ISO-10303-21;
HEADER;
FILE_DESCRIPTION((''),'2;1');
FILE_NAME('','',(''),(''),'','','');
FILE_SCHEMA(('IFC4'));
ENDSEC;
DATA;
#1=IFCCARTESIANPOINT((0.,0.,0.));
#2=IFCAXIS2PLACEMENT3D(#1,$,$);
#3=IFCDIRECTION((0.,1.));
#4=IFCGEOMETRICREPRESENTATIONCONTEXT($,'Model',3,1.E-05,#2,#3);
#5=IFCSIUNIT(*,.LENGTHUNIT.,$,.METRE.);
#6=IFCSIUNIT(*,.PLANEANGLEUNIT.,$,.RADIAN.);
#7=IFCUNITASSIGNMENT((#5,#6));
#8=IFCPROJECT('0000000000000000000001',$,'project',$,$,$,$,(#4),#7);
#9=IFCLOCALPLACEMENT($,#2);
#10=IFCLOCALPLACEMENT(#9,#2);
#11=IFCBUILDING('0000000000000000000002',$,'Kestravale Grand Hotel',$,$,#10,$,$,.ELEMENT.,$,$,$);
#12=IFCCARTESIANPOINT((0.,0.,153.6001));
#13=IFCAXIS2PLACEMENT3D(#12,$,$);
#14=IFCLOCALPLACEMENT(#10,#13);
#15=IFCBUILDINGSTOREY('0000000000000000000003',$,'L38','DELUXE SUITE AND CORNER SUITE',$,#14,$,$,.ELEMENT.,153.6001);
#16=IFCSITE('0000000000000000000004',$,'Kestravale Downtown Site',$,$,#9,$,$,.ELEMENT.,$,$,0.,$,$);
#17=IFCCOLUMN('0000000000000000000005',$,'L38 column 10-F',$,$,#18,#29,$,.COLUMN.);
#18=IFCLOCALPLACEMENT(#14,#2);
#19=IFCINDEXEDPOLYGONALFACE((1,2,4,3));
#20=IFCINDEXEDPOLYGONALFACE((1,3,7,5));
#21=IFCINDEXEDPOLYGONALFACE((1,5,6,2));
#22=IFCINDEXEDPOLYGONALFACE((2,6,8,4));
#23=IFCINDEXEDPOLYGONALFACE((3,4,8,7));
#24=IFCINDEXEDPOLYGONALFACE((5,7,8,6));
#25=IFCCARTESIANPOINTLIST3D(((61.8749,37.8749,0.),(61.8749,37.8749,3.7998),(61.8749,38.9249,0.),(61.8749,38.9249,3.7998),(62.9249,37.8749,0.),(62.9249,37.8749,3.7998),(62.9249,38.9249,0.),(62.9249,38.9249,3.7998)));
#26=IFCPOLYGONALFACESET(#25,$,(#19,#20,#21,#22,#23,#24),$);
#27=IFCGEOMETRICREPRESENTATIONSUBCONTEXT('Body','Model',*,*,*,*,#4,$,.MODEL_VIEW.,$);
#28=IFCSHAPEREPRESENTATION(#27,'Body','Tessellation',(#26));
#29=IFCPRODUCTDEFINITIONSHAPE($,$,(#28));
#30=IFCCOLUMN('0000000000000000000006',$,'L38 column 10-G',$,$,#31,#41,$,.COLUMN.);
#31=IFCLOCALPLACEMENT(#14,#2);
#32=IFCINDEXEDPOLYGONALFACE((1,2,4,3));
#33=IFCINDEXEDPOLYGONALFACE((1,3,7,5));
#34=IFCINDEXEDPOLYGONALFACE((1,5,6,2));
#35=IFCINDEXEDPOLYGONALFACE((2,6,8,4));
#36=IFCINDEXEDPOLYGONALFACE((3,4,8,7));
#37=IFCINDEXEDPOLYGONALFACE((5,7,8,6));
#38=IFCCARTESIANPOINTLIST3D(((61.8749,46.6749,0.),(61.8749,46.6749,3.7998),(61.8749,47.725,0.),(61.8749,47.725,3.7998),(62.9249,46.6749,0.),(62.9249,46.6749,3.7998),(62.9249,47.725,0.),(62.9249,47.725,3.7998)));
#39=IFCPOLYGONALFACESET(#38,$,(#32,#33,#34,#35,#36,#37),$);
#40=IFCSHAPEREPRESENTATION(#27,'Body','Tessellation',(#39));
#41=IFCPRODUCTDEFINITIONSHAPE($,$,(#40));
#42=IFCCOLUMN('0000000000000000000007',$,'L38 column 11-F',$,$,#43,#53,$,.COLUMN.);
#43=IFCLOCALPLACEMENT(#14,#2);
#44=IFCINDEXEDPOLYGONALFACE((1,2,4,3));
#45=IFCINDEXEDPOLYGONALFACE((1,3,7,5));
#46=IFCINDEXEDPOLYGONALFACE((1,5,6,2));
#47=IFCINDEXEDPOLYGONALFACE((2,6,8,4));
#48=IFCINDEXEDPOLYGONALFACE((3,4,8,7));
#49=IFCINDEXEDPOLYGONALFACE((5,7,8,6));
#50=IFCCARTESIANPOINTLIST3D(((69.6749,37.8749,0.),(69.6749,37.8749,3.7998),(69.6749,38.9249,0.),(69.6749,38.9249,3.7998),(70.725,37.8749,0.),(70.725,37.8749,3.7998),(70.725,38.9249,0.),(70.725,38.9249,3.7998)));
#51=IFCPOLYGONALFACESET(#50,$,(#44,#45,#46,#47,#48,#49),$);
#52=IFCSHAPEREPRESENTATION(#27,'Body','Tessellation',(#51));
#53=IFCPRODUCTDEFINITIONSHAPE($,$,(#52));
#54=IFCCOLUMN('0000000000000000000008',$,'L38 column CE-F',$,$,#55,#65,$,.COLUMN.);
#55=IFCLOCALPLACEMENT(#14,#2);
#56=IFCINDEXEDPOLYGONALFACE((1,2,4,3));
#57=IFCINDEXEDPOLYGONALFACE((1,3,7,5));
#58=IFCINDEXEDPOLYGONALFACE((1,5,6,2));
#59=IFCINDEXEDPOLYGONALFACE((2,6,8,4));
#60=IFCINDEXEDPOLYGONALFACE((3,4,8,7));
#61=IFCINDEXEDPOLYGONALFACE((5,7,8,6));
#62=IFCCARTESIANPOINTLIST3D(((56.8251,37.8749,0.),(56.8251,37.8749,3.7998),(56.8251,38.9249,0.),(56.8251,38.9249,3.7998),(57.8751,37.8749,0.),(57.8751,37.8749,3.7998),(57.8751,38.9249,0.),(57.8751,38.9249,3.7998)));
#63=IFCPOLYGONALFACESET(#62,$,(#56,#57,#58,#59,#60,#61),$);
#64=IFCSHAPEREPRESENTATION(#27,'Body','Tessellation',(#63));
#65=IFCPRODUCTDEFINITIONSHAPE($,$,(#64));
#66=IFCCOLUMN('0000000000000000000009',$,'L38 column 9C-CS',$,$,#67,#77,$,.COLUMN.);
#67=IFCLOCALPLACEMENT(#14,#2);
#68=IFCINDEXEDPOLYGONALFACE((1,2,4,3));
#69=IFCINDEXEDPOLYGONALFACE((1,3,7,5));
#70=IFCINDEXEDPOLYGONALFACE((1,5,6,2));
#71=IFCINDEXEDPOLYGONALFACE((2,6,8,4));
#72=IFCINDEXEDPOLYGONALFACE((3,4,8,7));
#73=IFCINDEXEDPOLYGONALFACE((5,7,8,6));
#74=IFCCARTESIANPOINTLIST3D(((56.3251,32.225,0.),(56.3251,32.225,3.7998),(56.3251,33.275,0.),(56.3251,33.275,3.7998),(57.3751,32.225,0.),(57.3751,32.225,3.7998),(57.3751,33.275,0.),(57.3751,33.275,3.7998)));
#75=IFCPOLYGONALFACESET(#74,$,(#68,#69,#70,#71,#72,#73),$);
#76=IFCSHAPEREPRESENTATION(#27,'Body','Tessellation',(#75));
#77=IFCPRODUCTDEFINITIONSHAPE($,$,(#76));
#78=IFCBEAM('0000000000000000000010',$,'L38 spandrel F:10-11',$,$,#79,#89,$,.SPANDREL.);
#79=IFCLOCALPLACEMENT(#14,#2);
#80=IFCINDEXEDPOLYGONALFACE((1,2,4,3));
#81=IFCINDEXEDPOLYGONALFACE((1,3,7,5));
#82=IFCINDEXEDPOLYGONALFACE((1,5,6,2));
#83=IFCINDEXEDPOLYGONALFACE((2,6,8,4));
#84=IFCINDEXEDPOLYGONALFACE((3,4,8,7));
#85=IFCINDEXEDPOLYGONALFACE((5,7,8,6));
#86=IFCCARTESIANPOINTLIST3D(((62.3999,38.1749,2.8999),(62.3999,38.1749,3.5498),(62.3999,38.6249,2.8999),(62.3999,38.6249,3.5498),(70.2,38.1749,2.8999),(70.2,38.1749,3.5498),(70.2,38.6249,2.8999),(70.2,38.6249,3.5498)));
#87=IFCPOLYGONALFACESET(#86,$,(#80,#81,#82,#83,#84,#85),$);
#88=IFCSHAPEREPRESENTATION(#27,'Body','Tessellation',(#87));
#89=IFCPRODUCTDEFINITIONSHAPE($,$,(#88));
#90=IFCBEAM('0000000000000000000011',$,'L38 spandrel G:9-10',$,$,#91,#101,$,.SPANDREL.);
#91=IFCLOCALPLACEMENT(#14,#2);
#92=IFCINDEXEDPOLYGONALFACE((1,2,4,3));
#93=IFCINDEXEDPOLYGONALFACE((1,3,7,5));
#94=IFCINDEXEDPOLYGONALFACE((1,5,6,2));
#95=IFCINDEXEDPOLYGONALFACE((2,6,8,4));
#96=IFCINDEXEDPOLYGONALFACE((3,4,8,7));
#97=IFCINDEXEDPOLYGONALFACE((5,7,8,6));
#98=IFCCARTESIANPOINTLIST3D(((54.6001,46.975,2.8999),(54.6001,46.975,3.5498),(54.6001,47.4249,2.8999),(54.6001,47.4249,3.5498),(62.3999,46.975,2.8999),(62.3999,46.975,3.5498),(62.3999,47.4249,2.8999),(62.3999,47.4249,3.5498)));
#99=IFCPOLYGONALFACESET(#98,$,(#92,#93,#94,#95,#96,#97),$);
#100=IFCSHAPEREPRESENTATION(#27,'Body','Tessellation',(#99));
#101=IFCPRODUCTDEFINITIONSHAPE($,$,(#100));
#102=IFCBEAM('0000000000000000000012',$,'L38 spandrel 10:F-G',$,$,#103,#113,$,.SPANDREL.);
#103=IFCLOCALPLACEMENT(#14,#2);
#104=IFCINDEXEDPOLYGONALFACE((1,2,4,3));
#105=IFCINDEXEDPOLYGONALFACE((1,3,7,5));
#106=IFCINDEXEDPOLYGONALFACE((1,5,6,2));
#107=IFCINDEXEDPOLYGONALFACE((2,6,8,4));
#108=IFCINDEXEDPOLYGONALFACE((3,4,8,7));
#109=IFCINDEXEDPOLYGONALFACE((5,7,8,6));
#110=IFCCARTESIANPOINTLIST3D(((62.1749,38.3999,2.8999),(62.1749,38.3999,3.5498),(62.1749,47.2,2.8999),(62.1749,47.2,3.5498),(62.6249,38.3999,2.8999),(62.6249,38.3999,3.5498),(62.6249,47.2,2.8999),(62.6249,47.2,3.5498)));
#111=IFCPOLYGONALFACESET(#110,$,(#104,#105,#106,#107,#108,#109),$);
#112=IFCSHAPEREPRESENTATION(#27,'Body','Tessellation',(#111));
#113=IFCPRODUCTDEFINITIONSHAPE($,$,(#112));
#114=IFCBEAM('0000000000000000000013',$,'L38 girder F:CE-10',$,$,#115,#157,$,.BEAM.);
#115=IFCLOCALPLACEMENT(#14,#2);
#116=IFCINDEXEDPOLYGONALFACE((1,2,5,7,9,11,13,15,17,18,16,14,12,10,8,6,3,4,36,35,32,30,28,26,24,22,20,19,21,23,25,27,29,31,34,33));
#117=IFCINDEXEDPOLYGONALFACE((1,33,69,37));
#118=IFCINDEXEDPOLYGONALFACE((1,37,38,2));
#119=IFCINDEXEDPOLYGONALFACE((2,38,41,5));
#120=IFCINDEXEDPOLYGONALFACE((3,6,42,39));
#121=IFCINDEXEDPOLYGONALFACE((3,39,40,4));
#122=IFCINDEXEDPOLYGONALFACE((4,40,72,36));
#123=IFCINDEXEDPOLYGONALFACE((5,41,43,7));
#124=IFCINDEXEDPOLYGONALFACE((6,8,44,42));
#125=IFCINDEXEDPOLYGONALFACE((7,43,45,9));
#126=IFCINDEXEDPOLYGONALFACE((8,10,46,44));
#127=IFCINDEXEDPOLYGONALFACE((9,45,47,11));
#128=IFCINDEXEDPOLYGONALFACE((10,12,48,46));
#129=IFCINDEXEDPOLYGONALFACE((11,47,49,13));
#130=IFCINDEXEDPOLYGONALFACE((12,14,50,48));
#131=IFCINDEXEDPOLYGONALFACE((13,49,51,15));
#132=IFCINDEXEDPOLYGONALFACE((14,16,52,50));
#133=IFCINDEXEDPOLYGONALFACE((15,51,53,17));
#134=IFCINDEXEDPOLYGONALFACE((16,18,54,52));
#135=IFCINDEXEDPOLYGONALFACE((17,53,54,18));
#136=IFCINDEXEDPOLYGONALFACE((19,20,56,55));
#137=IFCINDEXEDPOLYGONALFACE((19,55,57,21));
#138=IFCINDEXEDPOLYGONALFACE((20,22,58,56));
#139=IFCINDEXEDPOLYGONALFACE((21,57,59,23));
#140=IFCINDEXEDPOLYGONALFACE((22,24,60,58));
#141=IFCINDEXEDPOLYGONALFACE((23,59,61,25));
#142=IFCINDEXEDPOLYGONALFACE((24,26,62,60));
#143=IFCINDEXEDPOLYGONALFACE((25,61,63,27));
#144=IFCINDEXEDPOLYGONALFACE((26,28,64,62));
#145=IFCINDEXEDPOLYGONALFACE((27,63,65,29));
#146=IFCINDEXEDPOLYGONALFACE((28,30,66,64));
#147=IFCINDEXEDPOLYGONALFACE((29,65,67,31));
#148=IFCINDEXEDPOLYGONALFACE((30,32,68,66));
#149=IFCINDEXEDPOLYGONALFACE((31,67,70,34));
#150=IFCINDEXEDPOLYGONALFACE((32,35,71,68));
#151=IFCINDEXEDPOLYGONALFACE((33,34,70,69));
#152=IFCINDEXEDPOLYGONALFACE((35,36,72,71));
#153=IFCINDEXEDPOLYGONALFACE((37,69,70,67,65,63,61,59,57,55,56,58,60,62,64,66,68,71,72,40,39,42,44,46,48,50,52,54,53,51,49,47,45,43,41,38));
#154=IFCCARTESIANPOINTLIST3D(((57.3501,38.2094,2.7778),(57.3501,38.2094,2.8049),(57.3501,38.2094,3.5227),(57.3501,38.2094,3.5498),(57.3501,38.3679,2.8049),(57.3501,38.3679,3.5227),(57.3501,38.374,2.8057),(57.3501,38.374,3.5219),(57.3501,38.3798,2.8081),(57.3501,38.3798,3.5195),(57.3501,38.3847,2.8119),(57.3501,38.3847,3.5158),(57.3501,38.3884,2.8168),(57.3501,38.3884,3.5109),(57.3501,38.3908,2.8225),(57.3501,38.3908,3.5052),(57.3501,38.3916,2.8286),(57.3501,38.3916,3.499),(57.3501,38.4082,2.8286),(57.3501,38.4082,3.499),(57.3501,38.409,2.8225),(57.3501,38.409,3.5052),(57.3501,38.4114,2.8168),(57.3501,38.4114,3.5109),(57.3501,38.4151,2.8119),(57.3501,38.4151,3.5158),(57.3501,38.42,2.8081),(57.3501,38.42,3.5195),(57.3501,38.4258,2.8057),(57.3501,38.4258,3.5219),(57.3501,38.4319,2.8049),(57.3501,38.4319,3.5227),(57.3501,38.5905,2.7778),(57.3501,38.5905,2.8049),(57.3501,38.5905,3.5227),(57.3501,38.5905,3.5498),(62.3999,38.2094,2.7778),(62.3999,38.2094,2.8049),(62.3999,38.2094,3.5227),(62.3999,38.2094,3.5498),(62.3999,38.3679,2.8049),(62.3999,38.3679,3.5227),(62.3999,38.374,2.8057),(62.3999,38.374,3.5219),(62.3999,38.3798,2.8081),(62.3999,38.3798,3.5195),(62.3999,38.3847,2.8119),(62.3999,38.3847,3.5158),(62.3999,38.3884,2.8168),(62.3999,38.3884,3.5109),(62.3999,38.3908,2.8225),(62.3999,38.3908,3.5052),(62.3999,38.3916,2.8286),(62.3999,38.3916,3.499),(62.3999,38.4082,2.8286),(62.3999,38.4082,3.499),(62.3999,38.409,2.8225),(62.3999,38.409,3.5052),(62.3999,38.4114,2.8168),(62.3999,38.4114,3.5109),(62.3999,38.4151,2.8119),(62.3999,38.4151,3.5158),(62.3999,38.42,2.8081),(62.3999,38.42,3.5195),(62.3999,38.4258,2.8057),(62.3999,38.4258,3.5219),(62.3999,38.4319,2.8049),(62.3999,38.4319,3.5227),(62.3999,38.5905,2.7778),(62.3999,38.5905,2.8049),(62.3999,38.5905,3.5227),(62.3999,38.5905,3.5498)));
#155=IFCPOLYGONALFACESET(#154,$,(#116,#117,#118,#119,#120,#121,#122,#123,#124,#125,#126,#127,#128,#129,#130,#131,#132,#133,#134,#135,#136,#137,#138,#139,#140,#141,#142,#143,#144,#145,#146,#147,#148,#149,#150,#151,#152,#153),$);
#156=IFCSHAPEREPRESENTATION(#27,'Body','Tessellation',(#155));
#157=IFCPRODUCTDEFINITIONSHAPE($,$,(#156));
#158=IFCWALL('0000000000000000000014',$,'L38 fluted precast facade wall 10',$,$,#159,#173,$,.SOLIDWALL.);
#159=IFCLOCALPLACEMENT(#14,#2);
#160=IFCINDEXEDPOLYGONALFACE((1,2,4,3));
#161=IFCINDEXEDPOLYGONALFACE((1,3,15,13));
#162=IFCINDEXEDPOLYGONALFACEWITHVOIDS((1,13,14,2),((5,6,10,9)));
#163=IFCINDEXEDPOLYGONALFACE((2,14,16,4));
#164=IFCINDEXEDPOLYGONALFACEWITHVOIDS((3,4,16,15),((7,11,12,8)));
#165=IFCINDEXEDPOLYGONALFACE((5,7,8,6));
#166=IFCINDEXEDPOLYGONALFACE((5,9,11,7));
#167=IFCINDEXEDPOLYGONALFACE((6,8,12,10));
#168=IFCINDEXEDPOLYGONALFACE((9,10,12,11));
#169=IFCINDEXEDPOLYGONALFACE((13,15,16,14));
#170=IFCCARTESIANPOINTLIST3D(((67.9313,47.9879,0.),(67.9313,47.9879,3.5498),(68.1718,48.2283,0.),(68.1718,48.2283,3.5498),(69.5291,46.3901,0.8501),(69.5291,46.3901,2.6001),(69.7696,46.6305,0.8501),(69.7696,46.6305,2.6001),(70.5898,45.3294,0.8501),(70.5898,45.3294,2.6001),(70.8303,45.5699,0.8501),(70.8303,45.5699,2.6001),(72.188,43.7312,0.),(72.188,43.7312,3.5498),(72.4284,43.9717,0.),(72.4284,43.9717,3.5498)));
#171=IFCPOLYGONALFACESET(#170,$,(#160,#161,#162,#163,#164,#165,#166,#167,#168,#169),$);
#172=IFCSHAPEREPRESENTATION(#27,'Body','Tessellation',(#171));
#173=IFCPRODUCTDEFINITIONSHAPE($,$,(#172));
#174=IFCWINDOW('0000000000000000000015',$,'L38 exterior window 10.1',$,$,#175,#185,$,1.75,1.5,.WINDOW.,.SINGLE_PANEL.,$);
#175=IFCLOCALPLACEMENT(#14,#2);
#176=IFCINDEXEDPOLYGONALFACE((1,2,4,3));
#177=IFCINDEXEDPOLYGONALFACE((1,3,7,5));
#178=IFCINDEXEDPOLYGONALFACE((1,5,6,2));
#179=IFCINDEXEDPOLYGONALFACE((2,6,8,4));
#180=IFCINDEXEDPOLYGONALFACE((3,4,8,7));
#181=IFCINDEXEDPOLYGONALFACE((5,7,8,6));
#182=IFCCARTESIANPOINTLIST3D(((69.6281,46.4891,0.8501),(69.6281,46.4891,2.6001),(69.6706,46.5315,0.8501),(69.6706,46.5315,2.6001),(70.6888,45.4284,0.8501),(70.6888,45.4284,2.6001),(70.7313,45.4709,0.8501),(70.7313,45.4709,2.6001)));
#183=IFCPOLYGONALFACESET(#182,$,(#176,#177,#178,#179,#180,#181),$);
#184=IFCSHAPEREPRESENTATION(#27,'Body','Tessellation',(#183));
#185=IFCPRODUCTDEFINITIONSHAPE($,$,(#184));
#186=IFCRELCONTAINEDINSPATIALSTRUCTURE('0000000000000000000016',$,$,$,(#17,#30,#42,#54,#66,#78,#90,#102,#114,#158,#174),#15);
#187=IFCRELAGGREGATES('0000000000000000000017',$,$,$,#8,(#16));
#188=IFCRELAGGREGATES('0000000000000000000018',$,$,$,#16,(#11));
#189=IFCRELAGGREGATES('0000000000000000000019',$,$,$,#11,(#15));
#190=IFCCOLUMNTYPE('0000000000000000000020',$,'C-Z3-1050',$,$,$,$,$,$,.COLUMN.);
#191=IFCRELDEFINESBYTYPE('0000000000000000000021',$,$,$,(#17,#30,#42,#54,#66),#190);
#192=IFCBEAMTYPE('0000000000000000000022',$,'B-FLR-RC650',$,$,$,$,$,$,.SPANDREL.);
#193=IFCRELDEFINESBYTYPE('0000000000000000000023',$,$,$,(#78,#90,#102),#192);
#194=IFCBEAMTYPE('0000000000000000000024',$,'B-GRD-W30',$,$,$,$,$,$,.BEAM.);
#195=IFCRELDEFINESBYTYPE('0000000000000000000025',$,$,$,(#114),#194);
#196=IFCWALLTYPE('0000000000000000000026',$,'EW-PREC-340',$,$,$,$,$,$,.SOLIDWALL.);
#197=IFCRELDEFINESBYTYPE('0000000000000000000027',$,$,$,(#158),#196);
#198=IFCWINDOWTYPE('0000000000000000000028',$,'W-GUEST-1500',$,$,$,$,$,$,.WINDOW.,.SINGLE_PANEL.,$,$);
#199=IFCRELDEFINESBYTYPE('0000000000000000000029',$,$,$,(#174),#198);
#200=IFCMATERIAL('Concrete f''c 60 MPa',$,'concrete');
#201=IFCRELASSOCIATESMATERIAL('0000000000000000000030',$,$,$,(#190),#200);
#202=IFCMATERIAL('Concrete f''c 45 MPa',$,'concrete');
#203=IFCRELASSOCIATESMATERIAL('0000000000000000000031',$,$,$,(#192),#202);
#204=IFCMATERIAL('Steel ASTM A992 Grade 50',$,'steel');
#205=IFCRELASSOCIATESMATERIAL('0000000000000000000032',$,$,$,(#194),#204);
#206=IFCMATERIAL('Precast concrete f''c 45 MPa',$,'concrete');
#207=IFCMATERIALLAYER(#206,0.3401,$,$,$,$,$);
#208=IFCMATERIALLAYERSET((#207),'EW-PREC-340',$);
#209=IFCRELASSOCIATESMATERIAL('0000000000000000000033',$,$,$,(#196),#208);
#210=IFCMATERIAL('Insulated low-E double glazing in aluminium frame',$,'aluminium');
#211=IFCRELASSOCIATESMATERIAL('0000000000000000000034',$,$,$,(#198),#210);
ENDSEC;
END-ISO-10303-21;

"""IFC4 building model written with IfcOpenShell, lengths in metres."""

from ifc_helpers import new_model, si_unit, direction, frame, frame_2d, origin, origin_2d, place, context, subcontext, project, spatial, rectangle, i_section, extrude, material, layer, layer_set, material_profile, profile_set, type_object, element, fill, save


model = new_model("IFC4")

# Units and contexts
model_context = context("Model", 3, precision=1e-05, world=origin(), true_north=direction((0.0, 1.0)))
body_context = subcontext(model_context, "Body", "Model", "MODEL_VIEW")
ifc_project = project(units=[si_unit("LENGTHUNIT", "METRE"), si_unit("PLANEANGLEUNIT", "RADIAN")], contexts=[model_context])

# Site, building, storey
site_placement = place(None, origin())
site = spatial("IfcSite", under=ifc_project, at=site_placement, Name="Kestravale Downtown Site", CompositionType="ELEMENT", RefElevation=0.0)
building_placement = place(site_placement, origin())
building = spatial("IfcBuilding", under=site, at=building_placement, Name="Kestravale Grand Hotel", CompositionType="ELEMENT")
storey_placement = place(building_placement, frame((0.0, 0.0, 153.6001)))
storey = spatial("IfcBuildingStorey", under=building, at=storey_placement, Name="L38", Description="DELUXE SUITE AND CORNER SUITE", CompositionType="ELEMENT", Elevation=153.6001)

# Columns
ifc_material_1 = material(Name="Concrete f'c 60 MPa", Category="concrete")
ifc_material_profile_1 = material_profile(ifc_material_1, rectangle(XDim=1.05, YDim=1.05, at=origin_2d()))
ifc_profile_set_1 = profile_set([ifc_material_profile_1], Name="Concrete f'c 60 MPa")
column_type = type_object("IfcColumnType", Name="C-Z3-1050", PredefinedType="COLUMN", material=ifc_profile_set_1)
for number, where, z_axis, x_axis, name in (
    (1, (62.3999, 38.3999, 0.0), (0.0, 0.0, 1.0), (1.0, 0.0, 0.0), "L38 column 10-F"),
    (2, (62.3999, 47.2, 0.0), (0.0, 0.0, 1.0), (1.0, 0.0, 0.0), "L38 column 10-G"),
    (3, (70.2, 38.3999, 0.0), (0.0, 0.0, 1.0), (1.0, 0.0, 0.0), "L38 column 11-F"),
    (4, (57.3501, 38.3999, 0.0), (0.0, 0.0, 1.0), (1.0, 0.0, 0.0), "L38 column CE-F"),
    (5, (56.8501, 32.75, 0.0), (0.0, 0.0, 1.0), (1.0, 0.0, 0.0), "L38 column 9C-CS"),
):
    element("IfcColumn", number, at=place(storey_placement, frame(where, z_axis=z_axis, x_axis=x_axis)), inside=storey, type_object=column_type, Name=name, PredefinedType="COLUMN", context=body_context, shape_type="SweptSolid", body=[
        extrude(rectangle(XDim=1.05, YDim=1.05, at=origin_2d()), origin(), (0.0, 0.0, 1.0), 3.7998),
    ])

# Beams
ifc_material_2 = material(Name="Concrete f'c 45 MPa", Category="concrete")
ifc_material_profile_2 = material_profile(ifc_material_2, rectangle(XDim=0.45, YDim=0.6499, at=origin_2d()))
ifc_profile_set_2 = profile_set([ifc_material_profile_2], Name="Concrete f'c 45 MPa")
beam_type_1 = type_object("IfcBeamType", Name="B-FLR-RC650", PredefinedType="SPANDREL", material=ifc_profile_set_2)
beam_1_placement = place(storey_placement, frame((62.3999, 38.3999, 3.2249), z_axis=(1.0, 0.0, 0.0), x_axis=(0.0, 1.0, 0.0)))
element("IfcBeam", 6, at=beam_1_placement, inside=storey, type_object=beam_type_1, Name="L38 spandrel F:10-11", PredefinedType="SPANDREL", context=body_context, shape_type="SweptSolid", body=[
    extrude(rectangle(XDim=0.45, YDim=0.6499, at=origin_2d()), origin(), (0.0, 0.0, 1.0), 7.8),
])
beam_2_placement = place(storey_placement, frame((54.6001, 47.2, 3.2249), z_axis=(1.0, 0.0, 0.0), x_axis=(0.0, 1.0, 0.0)))
element("IfcBeam", 7, at=beam_2_placement, inside=storey, type_object=beam_type_1, Name="L38 spandrel G:9-10", PredefinedType="SPANDREL", context=body_context, shape_type="SweptSolid", body=[
    extrude(rectangle(XDim=0.45, YDim=0.6499, at=origin_2d()), origin(), (0.0, 0.0, 1.0), 7.7998),
])
beam_3_placement = place(storey_placement, frame((62.3999, 38.3999, 3.2249), z_axis=(0.0, 1.0, 0.0), x_axis=(-1.0, 0.0, 0.0)))
element("IfcBeam", 8, at=beam_3_placement, inside=storey, type_object=beam_type_1, Name="L38 spandrel 10:F-G", PredefinedType="SPANDREL", context=body_context, shape_type="SweptSolid", body=[
    extrude(rectangle(XDim=0.45, YDim=0.6499, at=origin_2d()), origin(), (0.0, 0.0, 1.0), 8.8),
])
ifc_material_3 = material(Name="Steel ASTM A992 Grade 50", Category="steel")
ifc_material_profile_3 = material_profile(ifc_material_3, i_section(OverallWidth=0.3811, OverallDepth=0.772, WebThickness=0.0166, FlangeThickness=0.0271, FilletRadius=0.0237, at=origin_2d()))
ifc_profile_set_3 = profile_set([ifc_material_profile_3], Name="Steel ASTM A992 Grade 50")
beam_type_2 = type_object("IfcBeamType", Name="B-GRD-W30", PredefinedType="BEAM", material=ifc_profile_set_3)
beam_4_placement = place(storey_placement, frame((57.3501, 38.3999, 3.1638), z_axis=(1.0, 0.0, 0.0), x_axis=(0.0, 1.0, 0.0)))
element("IfcBeam", 9, at=beam_4_placement, inside=storey, type_object=beam_type_2, Name="L38 girder F:CE-10", PredefinedType="BEAM", context=body_context, shape_type="SweptSolid", body=[
    extrude(i_section(OverallWidth=0.3811, OverallDepth=0.772, WebThickness=0.0166, FlangeThickness=0.0271, FilletRadius=0.0237, at=origin_2d()), origin(), (0.0, 0.0, 1.0), 5.0498),
])

# Wall, opening, window
ifc_material_4 = material(Name="Precast concrete f'c 45 MPa", Category="concrete")
ifc_layer_1 = layer(ifc_material_4, 0.3401)
ifc_layer_set_1 = layer_set([ifc_layer_1], Name="EW-PREC-340")
wall_type_1 = type_object("IfcWallType", Name="EW-PREC-340", PredefinedType="SOLIDWALL", material=ifc_layer_set_1)
wall_1_placement = place(storey_placement, frame((72.3081, 43.8516, 0.0), z_axis=(0.0, 0.0, 1.0), x_axis=(-0.707107, 0.707107, 0.0)))
wall_1 = element("IfcWall", 10, at=wall_1_placement, inside=storey, type_object=wall_type_1, Name="L38 fluted precast facade wall 10", PredefinedType="SOLIDWALL", context=body_context, shape_type="SweptSolid", body=[
    extrude(rectangle(XDim=6.0198, YDim=0.3401, at=frame_2d((3.0098, 0.0))), origin(), (0.0, 0.0, 1.0), 3.5498),
])
opening_1_placement = place(wall_1_placement, frame((2.26, 0.0, 0.8501)))
opening_1 = element("IfcOpeningElement", 11, at=opening_1_placement, cuts=wall_1, PredefinedType="OPENING", context=body_context, shape_type="SweptSolid", body=[
    extrude(rectangle(XDim=1.5, YDim=1.75, at=frame_2d((0.75, 0.875))), frame((0.0, 0.1799, 0.0), z_axis=(0.0, -1.0, 0.0), x_axis=(1.0, 0.0, 0.0)), (0.0, 0.0, 1.0), 0.3601),
])
ifc_material_5 = material(Name="Insulated low-E double glazing in aluminium frame", Category="aluminium")
window_type = type_object("IfcWindowType", Name="W-GUEST-1500", PartitioningType="SINGLE_PANEL", PredefinedType="WINDOW", material=ifc_material_5)
window_1_placement = place(opening_1_placement, origin())
window_1 = element("IfcWindow", 12, at=window_1_placement, inside=storey, type_object=window_type, Name="L38 exterior window 10.1", OverallHeight=1.75, OverallWidth=1.5, PartitioningType="SINGLE_PANEL", PredefinedType="WINDOW", context=body_context, shape_type="SweptSolid", body=[
    extrude(rectangle(XDim=1.5, YDim=1.75, at=frame_2d((0.75, 0.875))), frame((0.0, 0.03, 0.0), z_axis=(0.0, -1.0, 0.0), x_axis=(1.0, 0.0, 0.0)), (0.0, 0.0, 1.0), 0.0601),
])
fill(opening_1, window_1)

save(model, "model.ifc")
